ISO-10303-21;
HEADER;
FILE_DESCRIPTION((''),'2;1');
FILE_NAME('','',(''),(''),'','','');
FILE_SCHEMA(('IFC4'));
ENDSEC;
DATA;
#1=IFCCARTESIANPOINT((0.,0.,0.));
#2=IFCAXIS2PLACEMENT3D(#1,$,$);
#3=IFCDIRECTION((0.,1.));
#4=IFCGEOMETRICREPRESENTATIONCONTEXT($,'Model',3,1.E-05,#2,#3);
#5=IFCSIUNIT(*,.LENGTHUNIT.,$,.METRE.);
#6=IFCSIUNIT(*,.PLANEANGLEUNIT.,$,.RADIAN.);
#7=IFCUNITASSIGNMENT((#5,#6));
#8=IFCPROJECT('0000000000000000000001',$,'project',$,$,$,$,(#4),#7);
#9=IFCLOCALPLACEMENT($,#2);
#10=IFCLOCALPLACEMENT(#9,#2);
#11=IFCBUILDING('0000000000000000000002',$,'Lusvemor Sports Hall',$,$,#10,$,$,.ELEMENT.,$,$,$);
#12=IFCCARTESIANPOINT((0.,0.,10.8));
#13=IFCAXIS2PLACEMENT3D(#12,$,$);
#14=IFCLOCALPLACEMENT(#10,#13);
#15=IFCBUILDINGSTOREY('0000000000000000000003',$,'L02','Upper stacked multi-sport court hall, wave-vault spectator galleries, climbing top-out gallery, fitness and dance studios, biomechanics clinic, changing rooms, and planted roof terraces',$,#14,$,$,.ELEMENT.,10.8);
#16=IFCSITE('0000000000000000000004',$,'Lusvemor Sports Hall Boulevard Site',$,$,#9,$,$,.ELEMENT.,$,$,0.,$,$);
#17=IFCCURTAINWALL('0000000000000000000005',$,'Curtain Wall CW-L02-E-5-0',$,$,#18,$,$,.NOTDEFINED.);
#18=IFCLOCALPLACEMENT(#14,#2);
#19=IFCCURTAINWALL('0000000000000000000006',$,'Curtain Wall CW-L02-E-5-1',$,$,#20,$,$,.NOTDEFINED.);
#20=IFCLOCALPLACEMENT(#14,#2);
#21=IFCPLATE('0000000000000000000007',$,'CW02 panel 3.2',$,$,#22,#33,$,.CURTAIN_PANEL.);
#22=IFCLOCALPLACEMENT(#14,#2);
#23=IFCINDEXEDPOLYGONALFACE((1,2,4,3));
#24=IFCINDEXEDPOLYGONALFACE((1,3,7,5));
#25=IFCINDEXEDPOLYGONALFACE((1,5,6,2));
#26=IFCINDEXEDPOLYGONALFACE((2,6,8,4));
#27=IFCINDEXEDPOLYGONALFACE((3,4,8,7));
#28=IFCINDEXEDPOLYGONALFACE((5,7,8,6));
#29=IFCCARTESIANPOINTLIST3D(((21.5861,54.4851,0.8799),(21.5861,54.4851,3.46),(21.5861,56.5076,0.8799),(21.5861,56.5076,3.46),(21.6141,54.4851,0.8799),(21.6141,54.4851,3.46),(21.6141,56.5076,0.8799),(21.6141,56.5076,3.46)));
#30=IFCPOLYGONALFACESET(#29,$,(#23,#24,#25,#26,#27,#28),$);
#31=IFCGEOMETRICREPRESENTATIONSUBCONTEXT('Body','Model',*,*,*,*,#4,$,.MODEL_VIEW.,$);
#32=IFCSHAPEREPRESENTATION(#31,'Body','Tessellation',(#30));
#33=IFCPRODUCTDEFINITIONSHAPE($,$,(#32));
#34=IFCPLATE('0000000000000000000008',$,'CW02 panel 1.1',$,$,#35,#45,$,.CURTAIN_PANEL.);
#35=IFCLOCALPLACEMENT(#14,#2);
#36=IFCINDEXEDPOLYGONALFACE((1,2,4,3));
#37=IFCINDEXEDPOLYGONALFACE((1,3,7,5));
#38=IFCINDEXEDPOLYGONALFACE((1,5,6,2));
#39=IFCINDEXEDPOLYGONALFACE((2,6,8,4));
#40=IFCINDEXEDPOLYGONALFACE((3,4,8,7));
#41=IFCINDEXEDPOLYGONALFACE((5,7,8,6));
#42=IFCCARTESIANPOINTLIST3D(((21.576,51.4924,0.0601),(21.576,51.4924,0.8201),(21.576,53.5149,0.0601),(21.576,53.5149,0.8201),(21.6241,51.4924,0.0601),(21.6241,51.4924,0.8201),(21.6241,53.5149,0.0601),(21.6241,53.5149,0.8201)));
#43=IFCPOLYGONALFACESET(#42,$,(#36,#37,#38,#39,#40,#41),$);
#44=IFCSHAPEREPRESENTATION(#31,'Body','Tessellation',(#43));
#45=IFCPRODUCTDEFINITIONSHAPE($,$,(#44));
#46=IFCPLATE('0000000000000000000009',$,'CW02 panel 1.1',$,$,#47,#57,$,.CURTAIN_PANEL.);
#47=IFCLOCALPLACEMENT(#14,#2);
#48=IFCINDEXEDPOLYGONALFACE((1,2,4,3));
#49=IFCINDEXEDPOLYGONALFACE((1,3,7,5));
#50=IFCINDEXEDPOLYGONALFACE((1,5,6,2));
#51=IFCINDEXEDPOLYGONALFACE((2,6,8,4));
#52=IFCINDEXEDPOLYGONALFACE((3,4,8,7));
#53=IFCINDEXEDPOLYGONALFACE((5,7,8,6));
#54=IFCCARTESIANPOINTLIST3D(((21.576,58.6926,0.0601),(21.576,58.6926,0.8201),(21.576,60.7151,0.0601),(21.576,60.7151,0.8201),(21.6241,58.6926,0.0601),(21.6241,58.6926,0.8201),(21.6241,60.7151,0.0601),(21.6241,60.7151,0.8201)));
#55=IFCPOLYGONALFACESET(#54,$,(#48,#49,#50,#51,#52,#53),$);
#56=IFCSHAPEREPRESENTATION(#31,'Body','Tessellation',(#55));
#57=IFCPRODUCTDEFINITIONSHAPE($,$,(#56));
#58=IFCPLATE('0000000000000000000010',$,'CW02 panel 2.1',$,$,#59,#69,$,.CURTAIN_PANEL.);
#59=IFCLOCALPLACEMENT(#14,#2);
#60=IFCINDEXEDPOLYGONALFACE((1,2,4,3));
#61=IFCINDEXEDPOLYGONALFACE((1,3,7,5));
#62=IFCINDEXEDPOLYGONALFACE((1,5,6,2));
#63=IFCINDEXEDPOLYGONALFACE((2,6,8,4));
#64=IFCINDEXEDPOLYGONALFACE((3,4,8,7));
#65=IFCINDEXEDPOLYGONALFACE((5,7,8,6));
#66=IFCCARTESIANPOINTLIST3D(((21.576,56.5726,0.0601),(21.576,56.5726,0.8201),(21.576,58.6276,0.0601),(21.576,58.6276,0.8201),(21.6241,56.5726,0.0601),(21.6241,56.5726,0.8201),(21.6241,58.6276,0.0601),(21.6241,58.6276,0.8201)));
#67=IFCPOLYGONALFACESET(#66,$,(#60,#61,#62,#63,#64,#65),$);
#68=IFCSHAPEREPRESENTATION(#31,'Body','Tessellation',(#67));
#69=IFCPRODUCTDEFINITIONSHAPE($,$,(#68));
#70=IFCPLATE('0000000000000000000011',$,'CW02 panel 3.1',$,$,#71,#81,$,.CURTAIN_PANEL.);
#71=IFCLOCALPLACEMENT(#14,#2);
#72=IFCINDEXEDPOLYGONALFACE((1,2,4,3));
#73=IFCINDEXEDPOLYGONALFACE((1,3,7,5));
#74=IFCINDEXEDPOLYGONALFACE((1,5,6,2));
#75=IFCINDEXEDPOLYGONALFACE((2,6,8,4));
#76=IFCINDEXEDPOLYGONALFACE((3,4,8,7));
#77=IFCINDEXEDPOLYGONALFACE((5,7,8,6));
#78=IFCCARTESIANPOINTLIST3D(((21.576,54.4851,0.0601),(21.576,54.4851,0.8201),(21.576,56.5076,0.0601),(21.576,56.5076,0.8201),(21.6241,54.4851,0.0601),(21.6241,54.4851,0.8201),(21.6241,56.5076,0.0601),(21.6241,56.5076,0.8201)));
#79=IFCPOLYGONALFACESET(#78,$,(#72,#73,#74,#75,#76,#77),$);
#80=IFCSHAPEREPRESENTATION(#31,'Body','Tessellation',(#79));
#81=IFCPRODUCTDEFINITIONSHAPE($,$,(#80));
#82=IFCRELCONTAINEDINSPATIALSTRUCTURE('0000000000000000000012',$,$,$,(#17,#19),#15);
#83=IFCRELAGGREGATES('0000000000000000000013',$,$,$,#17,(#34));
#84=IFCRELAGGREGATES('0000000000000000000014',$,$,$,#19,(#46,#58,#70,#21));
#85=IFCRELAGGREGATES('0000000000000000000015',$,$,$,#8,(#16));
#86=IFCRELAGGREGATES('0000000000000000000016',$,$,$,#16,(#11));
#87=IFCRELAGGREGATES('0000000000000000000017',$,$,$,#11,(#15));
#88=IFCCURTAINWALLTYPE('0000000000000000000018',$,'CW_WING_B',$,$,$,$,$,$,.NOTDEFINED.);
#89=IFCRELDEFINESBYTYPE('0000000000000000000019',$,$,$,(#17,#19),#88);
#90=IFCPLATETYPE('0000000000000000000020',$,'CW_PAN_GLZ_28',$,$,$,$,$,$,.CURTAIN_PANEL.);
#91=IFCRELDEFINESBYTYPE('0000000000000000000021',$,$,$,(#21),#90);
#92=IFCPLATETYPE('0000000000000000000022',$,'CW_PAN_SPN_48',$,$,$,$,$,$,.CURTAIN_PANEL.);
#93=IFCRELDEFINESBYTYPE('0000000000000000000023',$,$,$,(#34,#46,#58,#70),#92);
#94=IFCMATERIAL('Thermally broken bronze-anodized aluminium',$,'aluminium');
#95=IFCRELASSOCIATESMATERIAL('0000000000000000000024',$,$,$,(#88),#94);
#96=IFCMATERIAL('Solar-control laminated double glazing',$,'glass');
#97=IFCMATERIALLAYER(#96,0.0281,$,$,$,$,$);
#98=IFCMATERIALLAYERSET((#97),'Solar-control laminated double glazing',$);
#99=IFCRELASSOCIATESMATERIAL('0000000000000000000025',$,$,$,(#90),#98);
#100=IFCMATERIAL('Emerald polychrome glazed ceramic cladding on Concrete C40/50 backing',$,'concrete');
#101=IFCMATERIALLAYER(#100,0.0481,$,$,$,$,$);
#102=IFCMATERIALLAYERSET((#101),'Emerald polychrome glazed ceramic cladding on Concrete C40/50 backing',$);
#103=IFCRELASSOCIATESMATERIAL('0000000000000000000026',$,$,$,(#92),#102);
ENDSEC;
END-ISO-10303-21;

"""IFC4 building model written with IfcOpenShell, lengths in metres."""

from ifc_helpers import new_model, si_unit, direction, frame, origin, origin_2d, place, context, subcontext, project, spatial, rectangle, extrude, material, layer, layer_set, type_object, element, aggregate, save


model = new_model("IFC4")

# Units and contexts
model_context = context("Model", 3, precision=1e-05, world=origin(), true_north=direction((0.0, 1.0)))
body_context = subcontext(model_context, "Body", "Model", "MODEL_VIEW")
ifc_project = project(units=[si_unit("LENGTHUNIT", "METRE"), si_unit("PLANEANGLEUNIT", "RADIAN")], contexts=[model_context])

# Site, building, storey
site_placement = place(None, origin())
site = spatial("IfcSite", under=ifc_project, at=site_placement, Name="Lusvemor Sports Hall Boulevard Site", CompositionType="ELEMENT", RefElevation=0.0)
building_placement = place(site_placement, origin())
building = spatial("IfcBuilding", under=site, at=building_placement, Name="Lusvemor Sports Hall", CompositionType="ELEMENT")
storey_placement = place(building_placement, frame((0.0, 0.0, 10.8)))
storey = spatial("IfcBuildingStorey", under=building, at=storey_placement, Name="L02", Description="Upper stacked multi-sport court hall, wave-vault spectator galleries, climbing top-out gallery, fitness and dance studios, biomechanics clinic, changing rooms, and planted roof terraces", CompositionType="ELEMENT", Elevation=10.8)

# Curtain walls
ifc_material_1 = material(Name="Thermally broken bronze-anodized aluminium", Category="aluminium")
curtain_wall_type = type_object("IfcCurtainWallType", Name="CW_WING_B", PredefinedType="NOTDEFINED", material=ifc_material_1)
curtain_wall_1_placement = place(storey_placement, origin())
curtain_wall_1 = element("IfcCurtainWall", 1, at=curtain_wall_1_placement, inside=storey, type_object=curtain_wall_type, Name="Curtain Wall CW-L02-E-5-0", PredefinedType="NOTDEFINED")
curtain_wall_2_placement = place(storey_placement, origin())
curtain_wall_2 = element("IfcCurtainWall", 2, at=curtain_wall_2_placement, inside=storey, type_object=curtain_wall_type, Name="Curtain Wall CW-L02-E-5-1", PredefinedType="NOTDEFINED")

# Plates
ifc_material_2 = material(Name="Solar-control laminated double glazing", Category="glass")
ifc_layer_1 = layer(ifc_material_2, 0.0281)
ifc_layer_set_1 = layer_set([ifc_layer_1], Name="Solar-control laminated double glazing")
plate_type_1 = type_object("IfcPlateType", Name="CW_PAN_GLZ_28", PredefinedType="CURTAIN_PANEL", material=ifc_layer_set_1)
plate_1_placement = place(storey_placement, frame((21.6001, 55.4963, 0.8799), z_axis=(0.0, 0.0, 1.0), x_axis=(0.0, -1.0, 0.0)))
plate_1 = element("IfcPlate", 3, at=plate_1_placement, type_object=plate_type_1, Name="CW02 panel 3.2", PredefinedType="CURTAIN_PANEL", context=body_context, shape_type="SweptSolid", body=[
    extrude(rectangle(XDim=2.0225, YDim=0.0281, at=origin_2d()), origin(), (0.0, 0.0, 1.0), 2.5801),
])
ifc_material_3 = material(Name="Emerald polychrome glazed ceramic cladding on Concrete C40/50 backing", Category="concrete")
ifc_layer_2 = layer(ifc_material_3, 0.0481)
ifc_layer_set_2 = layer_set([ifc_layer_2], Name="Emerald polychrome glazed ceramic cladding on Concrete C40/50 backing")
plate_type_2 = type_object("IfcPlateType", Name="CW_PAN_SPN_48", PredefinedType="CURTAIN_PANEL", material=ifc_layer_set_2)
plate_2_placement = place(storey_placement, frame((21.6001, 52.5037, 0.0601), z_axis=(0.0, 0.0, 1.0), x_axis=(0.0, -1.0, 0.0)))
plate_2 = element("IfcPlate", 4, at=plate_2_placement, type_object=plate_type_2, Name="CW02 panel 1.1", PredefinedType="CURTAIN_PANEL", context=body_context, shape_type="SweptSolid", body=[
    extrude(rectangle(XDim=2.0225, YDim=0.0481, at=origin_2d()), origin(), (0.0, 0.0, 1.0), 0.76),
])
aggregate(curtain_wall_1, [plate_2])
plate_3_placement = place(storey_placement, frame((21.6001, 59.7039, 0.0601), z_axis=(0.0, 0.0, 1.0), x_axis=(0.0, -1.0, 0.0)))
plate_3 = element("IfcPlate", 5, at=plate_3_placement, type_object=plate_type_2, Name="CW02 panel 1.1", PredefinedType="CURTAIN_PANEL", context=body_context, shape_type="SweptSolid", body=[
    extrude(rectangle(XDim=2.0225, YDim=0.0481, at=origin_2d()), origin(), (0.0, 0.0, 1.0), 0.76),
])
plate_4_placement = place(storey_placement, frame((21.6001, 57.6001, 0.0601), z_axis=(0.0, 0.0, 1.0), x_axis=(0.0, -1.0, 0.0)))
plate_4 = element("IfcPlate", 6, at=plate_4_placement, type_object=plate_type_2, Name="CW02 panel 2.1", PredefinedType="CURTAIN_PANEL", context=body_context, shape_type="SweptSolid", body=[
    extrude(rectangle(XDim=2.0549, YDim=0.0481, at=origin_2d()), origin(), (0.0, 0.0, 1.0), 0.76),
])
plate_5_placement = place(storey_placement, frame((21.6001, 55.4963, 0.0601), z_axis=(0.0, 0.0, 1.0), x_axis=(0.0, -1.0, 0.0)))
plate_5 = element("IfcPlate", 7, at=plate_5_placement, type_object=plate_type_2, Name="CW02 panel 3.1", PredefinedType="CURTAIN_PANEL", context=body_context, shape_type="SweptSolid", body=[
    extrude(rectangle(XDim=2.0225, YDim=0.0481, at=origin_2d()), origin(), (0.0, 0.0, 1.0), 0.76),
])
aggregate(curtain_wall_2, [plate_3, plate_4, plate_5, plate_1])

save(model, "model.ifc")
